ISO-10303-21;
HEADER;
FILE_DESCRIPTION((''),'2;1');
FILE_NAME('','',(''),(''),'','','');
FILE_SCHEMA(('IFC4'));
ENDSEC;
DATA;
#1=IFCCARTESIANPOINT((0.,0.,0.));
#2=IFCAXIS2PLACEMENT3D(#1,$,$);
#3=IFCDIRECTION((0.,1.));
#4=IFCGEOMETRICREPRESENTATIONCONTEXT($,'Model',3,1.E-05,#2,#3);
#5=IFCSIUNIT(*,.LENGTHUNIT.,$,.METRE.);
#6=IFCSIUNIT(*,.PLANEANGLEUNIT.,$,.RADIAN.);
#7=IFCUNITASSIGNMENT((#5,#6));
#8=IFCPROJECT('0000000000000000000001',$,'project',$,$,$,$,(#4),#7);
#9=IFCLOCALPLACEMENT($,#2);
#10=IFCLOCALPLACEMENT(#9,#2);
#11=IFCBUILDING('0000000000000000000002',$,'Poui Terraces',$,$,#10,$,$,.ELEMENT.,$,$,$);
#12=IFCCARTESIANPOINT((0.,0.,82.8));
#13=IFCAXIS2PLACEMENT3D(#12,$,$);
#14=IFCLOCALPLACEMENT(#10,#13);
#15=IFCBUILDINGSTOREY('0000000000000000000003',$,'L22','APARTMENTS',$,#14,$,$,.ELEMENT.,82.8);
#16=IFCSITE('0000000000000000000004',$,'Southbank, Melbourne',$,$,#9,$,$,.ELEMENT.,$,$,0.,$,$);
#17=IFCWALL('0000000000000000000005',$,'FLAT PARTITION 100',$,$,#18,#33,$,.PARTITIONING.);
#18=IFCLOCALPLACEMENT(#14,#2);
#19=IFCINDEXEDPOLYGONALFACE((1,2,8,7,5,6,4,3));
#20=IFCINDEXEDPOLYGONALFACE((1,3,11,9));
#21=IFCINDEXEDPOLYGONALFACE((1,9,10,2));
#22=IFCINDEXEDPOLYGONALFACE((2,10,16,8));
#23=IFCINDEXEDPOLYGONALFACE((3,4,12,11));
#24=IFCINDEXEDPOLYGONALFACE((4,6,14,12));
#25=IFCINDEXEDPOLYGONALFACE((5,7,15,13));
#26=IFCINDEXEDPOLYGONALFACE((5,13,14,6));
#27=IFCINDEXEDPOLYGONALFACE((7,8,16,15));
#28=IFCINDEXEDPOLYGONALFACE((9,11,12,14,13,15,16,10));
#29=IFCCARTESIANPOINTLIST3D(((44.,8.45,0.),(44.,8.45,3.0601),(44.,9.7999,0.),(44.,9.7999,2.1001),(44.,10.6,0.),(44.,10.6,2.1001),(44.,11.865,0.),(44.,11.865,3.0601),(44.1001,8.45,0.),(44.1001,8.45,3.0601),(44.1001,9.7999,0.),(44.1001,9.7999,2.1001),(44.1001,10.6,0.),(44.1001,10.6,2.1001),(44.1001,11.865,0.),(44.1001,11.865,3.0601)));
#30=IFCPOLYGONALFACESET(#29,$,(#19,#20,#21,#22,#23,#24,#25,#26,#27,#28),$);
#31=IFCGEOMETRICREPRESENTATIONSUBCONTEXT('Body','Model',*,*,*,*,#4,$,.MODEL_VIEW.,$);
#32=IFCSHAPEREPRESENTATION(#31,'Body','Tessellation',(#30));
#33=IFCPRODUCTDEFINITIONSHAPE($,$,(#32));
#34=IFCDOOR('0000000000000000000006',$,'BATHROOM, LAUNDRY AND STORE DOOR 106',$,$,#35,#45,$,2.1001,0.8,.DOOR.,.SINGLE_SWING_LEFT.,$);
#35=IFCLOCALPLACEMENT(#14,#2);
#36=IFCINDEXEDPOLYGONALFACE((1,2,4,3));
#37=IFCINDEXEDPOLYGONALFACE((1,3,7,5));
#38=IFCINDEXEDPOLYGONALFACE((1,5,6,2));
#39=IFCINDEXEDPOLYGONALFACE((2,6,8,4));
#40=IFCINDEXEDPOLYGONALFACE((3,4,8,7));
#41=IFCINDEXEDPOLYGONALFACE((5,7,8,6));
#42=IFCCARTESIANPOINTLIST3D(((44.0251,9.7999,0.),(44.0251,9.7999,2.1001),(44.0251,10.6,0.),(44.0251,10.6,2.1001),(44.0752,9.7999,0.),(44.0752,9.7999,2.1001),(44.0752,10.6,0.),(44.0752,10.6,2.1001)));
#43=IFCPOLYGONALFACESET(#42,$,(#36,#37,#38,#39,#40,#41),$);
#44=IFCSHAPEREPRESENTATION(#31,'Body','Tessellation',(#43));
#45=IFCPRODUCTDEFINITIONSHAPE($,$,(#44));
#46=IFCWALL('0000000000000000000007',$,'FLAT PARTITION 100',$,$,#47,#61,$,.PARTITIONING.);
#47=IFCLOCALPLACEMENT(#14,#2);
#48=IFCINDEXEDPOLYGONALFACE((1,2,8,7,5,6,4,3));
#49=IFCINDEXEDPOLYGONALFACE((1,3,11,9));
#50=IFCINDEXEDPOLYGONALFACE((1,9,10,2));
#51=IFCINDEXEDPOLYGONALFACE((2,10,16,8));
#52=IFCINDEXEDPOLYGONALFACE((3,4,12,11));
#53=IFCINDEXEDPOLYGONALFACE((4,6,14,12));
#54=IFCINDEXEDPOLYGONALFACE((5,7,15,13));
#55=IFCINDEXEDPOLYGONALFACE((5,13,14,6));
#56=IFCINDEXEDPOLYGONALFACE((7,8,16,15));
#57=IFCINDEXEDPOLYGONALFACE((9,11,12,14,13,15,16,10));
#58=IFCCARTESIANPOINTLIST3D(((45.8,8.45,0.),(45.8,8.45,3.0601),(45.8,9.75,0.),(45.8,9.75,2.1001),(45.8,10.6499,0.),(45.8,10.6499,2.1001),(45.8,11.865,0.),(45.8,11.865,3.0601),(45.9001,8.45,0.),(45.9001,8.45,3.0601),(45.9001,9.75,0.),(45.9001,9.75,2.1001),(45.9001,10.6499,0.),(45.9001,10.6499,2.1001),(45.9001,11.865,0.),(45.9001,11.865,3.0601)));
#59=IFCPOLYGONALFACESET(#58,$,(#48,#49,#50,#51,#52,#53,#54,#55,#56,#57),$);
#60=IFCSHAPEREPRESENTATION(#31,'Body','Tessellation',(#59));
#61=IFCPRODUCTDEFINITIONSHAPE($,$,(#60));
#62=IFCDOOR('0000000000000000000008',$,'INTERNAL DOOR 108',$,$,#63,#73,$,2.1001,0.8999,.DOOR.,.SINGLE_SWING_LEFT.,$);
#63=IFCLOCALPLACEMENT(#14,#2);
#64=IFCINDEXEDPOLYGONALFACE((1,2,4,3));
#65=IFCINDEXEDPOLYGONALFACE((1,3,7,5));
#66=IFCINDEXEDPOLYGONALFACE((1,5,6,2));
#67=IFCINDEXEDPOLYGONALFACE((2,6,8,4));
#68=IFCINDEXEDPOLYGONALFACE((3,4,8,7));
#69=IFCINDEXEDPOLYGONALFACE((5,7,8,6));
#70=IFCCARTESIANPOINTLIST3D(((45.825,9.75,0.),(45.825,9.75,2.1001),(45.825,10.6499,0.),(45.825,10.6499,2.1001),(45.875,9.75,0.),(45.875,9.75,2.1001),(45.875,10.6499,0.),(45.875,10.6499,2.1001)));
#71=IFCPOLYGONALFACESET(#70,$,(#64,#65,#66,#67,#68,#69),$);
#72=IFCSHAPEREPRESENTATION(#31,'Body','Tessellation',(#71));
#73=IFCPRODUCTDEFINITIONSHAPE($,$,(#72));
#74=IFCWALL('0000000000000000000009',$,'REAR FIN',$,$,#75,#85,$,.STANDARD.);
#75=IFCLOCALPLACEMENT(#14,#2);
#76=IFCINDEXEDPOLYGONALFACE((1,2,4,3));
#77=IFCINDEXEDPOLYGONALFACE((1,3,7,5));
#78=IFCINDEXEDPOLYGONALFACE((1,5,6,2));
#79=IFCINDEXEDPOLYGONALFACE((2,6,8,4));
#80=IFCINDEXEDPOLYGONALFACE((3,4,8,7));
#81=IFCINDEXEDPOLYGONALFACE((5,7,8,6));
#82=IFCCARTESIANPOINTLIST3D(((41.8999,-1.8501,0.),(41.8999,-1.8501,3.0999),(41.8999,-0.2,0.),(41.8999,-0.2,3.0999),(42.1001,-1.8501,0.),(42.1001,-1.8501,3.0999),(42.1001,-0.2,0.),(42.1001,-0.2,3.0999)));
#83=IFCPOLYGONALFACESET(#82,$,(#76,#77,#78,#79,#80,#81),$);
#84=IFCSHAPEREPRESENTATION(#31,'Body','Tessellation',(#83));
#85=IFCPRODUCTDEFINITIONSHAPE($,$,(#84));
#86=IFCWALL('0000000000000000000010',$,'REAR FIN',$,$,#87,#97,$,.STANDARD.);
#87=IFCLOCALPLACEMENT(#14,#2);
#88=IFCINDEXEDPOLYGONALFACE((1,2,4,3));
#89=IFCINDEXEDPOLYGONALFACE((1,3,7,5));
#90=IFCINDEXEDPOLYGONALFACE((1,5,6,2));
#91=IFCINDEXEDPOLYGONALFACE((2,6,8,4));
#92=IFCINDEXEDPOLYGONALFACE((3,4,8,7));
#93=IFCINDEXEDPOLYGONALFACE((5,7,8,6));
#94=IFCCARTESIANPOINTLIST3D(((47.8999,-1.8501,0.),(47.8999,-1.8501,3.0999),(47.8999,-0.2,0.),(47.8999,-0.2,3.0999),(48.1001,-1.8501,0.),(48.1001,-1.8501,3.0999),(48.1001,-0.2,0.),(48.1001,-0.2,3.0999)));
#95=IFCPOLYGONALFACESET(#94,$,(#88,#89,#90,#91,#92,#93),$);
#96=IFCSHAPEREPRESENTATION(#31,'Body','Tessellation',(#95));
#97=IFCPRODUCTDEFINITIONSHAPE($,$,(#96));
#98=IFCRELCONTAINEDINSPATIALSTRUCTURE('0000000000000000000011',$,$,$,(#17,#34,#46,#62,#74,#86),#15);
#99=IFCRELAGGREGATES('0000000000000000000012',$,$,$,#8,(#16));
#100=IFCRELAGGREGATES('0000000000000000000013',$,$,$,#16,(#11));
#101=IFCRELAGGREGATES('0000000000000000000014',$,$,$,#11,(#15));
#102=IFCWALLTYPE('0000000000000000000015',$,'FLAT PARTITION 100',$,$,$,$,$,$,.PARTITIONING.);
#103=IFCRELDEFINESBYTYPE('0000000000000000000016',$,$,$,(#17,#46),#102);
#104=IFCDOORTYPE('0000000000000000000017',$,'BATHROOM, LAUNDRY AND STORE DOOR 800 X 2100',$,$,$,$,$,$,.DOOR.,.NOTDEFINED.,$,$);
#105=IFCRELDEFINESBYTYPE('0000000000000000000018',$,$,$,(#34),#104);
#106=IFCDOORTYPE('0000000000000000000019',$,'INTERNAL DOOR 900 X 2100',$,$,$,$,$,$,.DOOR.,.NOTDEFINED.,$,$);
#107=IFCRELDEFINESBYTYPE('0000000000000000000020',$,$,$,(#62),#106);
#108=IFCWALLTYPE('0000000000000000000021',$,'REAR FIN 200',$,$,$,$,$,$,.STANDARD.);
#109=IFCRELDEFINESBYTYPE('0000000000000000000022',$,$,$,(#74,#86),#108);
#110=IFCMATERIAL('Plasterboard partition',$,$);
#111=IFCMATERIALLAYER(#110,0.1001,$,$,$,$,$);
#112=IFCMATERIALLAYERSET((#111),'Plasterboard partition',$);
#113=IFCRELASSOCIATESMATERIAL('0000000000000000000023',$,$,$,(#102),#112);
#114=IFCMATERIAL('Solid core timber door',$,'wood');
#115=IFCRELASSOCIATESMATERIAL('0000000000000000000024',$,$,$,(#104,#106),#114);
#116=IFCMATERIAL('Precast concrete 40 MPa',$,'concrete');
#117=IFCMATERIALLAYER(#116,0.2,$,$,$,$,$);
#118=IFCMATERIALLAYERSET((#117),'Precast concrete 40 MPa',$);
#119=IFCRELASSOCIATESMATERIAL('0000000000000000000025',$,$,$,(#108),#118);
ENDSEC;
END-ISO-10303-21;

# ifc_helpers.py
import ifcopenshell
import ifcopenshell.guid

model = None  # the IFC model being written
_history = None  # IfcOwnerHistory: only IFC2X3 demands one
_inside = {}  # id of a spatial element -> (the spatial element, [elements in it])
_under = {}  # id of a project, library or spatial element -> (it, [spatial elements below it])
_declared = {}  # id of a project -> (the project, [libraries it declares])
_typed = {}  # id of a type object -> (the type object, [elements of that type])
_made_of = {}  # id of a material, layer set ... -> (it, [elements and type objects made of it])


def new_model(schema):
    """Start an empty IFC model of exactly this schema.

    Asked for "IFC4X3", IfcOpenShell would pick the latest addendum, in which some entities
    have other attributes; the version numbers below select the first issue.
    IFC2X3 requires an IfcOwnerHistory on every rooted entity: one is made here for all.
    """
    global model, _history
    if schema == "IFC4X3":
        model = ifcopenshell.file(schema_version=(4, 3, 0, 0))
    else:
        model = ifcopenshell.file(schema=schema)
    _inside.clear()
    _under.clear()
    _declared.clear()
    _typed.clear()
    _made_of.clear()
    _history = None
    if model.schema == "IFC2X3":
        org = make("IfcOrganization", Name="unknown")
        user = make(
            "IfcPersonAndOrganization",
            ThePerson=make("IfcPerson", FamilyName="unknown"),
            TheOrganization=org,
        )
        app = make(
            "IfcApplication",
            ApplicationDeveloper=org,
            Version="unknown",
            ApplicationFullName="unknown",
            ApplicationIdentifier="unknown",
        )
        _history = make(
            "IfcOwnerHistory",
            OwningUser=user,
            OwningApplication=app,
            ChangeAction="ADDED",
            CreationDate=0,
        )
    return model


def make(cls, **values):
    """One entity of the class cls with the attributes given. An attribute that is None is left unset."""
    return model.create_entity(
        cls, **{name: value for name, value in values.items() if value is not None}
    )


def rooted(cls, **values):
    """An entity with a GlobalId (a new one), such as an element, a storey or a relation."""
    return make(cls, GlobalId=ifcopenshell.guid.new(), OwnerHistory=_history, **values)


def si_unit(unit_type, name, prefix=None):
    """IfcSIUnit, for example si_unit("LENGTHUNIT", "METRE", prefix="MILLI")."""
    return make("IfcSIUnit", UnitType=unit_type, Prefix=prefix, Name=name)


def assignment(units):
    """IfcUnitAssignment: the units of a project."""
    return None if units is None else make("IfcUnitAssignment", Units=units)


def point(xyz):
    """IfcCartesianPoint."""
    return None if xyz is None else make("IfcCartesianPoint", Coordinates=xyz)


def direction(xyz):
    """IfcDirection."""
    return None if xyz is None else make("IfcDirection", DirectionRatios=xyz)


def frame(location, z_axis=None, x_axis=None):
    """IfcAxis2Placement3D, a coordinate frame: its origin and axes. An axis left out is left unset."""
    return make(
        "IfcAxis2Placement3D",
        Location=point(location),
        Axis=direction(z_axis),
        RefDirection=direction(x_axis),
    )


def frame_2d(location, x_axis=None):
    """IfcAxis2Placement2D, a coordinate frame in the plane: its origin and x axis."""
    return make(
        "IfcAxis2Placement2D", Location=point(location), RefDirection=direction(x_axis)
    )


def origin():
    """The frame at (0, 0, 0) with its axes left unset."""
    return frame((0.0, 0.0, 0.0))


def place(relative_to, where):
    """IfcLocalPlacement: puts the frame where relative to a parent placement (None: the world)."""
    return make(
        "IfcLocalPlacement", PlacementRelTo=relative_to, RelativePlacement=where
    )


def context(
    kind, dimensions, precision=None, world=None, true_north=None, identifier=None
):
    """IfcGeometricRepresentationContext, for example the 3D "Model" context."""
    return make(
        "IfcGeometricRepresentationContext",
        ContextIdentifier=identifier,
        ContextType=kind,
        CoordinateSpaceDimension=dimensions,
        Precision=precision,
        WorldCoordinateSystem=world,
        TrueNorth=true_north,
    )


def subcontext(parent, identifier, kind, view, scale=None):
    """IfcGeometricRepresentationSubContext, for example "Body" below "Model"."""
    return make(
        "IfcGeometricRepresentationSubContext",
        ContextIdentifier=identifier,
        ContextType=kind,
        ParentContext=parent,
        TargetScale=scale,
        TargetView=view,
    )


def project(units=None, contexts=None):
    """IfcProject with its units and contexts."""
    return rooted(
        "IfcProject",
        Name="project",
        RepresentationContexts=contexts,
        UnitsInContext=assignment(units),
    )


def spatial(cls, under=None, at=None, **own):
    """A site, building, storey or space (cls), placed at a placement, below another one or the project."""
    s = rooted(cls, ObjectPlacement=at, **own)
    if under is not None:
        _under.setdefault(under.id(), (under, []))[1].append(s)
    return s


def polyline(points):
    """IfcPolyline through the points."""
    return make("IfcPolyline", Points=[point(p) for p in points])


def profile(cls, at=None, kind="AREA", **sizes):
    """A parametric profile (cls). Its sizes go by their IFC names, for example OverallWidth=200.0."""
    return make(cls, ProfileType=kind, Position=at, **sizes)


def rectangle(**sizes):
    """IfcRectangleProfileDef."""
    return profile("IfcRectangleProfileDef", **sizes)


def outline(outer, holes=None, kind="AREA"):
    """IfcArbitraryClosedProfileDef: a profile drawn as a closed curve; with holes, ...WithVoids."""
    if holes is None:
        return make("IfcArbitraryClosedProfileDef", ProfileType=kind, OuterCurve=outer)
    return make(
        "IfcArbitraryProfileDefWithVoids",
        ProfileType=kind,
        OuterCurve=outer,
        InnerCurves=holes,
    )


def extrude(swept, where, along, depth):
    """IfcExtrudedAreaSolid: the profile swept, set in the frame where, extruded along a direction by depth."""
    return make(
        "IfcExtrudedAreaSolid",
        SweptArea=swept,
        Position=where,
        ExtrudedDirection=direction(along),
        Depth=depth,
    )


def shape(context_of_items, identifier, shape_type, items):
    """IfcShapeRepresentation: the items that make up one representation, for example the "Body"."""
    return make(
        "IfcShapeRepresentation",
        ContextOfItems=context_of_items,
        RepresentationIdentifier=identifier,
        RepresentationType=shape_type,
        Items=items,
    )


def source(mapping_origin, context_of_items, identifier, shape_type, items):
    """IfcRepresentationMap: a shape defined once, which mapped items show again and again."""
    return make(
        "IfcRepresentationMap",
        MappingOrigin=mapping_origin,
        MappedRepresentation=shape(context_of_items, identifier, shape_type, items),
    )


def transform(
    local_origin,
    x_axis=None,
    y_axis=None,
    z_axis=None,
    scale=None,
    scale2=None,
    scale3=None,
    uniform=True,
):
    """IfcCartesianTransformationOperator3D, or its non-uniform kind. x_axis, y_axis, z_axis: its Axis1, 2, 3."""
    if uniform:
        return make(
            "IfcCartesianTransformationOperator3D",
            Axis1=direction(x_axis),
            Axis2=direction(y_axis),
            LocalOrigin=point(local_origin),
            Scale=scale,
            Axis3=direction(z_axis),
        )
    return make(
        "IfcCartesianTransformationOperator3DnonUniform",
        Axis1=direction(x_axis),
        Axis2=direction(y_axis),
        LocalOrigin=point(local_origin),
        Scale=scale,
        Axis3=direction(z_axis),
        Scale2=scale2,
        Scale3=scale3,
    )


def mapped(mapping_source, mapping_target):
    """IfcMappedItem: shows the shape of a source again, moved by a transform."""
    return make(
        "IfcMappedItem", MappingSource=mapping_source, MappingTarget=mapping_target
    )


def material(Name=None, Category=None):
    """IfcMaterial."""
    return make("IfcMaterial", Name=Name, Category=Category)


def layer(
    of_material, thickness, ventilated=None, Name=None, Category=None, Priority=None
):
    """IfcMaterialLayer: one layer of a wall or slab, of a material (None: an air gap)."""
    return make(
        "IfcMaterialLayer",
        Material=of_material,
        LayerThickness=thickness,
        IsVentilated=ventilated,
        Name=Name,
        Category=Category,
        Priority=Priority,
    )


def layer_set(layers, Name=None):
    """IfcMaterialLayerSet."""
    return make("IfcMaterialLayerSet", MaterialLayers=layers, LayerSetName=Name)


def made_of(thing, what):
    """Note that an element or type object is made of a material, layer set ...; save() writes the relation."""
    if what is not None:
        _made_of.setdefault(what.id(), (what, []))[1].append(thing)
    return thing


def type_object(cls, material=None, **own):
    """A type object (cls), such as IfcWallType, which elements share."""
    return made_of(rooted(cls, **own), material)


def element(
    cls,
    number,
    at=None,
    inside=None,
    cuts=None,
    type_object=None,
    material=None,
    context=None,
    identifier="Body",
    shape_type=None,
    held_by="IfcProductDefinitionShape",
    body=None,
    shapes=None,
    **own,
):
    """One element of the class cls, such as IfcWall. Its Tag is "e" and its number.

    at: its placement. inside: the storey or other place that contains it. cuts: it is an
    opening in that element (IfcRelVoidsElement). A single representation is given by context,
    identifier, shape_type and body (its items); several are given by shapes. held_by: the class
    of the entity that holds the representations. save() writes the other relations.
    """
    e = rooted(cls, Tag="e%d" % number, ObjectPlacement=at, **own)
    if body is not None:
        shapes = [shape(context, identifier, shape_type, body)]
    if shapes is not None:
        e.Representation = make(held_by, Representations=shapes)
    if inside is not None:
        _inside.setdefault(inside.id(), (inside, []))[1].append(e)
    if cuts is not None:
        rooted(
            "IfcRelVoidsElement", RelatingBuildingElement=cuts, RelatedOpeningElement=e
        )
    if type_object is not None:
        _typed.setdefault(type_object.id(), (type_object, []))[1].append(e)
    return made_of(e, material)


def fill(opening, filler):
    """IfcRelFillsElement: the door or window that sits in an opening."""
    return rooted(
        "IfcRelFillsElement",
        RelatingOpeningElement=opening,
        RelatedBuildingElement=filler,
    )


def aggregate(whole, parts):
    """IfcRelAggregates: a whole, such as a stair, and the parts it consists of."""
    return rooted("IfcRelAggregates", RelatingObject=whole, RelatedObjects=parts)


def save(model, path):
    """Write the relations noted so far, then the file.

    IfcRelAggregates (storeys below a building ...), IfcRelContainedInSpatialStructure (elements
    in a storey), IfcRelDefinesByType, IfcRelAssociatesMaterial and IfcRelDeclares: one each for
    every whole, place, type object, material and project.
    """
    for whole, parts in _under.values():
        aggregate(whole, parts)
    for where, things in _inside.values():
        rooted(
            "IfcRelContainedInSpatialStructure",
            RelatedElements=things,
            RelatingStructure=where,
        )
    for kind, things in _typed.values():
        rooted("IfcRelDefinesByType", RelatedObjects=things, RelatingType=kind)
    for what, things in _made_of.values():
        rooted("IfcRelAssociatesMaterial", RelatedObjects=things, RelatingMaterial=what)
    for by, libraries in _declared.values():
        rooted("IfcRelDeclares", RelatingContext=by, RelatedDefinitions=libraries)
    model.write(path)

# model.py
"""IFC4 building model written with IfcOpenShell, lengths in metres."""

from ifc_helpers import new_model, si_unit, direction, frame, frame_2d, origin, place, context, subcontext, project, spatial, polyline, rectangle, outline, extrude, source, transform, mapped, material, layer, layer_set, type_object, element, fill, save


model = new_model("IFC4")

# Units and contexts
model_context = context("Model", 3, precision=1e-05, world=origin(), true_north=direction((0.0, 1.0)))
body_context = subcontext(model_context, "Body", "Model", "MODEL_VIEW")
ifc_project = project(units=[si_unit("LENGTHUNIT", "METRE"), si_unit("PLANEANGLEUNIT", "RADIAN")], contexts=[model_context])

# Site, building, storey
site_placement = place(None, origin())
site = spatial("IfcSite", under=ifc_project, at=site_placement, Name="Southbank, Melbourne", CompositionType="ELEMENT", RefElevation=0.0)
building_placement = place(site_placement, origin())
building = spatial("IfcBuilding", under=site, at=building_placement, Name="Poui Terraces", CompositionType="ELEMENT")
storey_placement = place(building_placement, frame((0.0, 0.0, 82.8)))
storey = spatial("IfcBuildingStorey", under=building, at=storey_placement, Name="L22", Description="APARTMENTS", CompositionType="ELEMENT", Elevation=82.8)

# Shared definitions
ifc_material_1 = material(Name="Plasterboard partition")
ifc_layer_1 = layer(ifc_material_1, 0.1001)
ifc_layer_set_1 = layer_set([ifc_layer_1], Name="Plasterboard partition")
wall_type_1 = type_object("IfcWallType", Name="FLAT PARTITION 100", PredefinedType="PARTITIONING", material=ifc_layer_set_1)

# Shared definitions
ifc_material_2 = material(Name="Solid core timber door", Category="wood")
door_type_1 = type_object("IfcDoorType", Name="BATHROOM, LAUNDRY AND STORE DOOR 800 X 2100", OperationType="NOTDEFINED", PredefinedType="DOOR", material=ifc_material_2)

# Walls, openings, doors
wall_1_placement = place(storey_placement, frame((44.05, 8.45, 0.0), z_axis=(0.0, 0.0, 1.0), x_axis=(0.0, 1.0, 0.0)))
wall_1 = element("IfcWall", 1, at=wall_1_placement, inside=storey, type_object=wall_type_1, Name="FLAT PARTITION 100", PredefinedType="PARTITIONING", context=body_context, shape_type="SweptSolid", body=[
    extrude(rectangle(XDim=3.415, YDim=0.1001, at=frame_2d((1.7075, 0.0))), origin(), (0.0, 0.0, 1.0), 3.0601),
])
opening_1_placement = place(wall_1_placement, frame((1.3501, 0.0, 0.0)))
opening_1 = element("IfcOpeningElement", 2, at=opening_1_placement, cuts=wall_1, PredefinedType="OPENING", context=body_context, shape_type="SweptSolid", body=[
    extrude(rectangle(XDim=0.8, YDim=2.1001, at=frame_2d((0.3999, 1.05))), frame((0.0, 0.0601, 0.0), z_axis=(0.0, -1.0, 0.0), x_axis=(1.0, 0.0, 0.0)), (0.0, 0.0, 1.0), 0.1201),
])
door_1_placement = place(opening_1_placement, origin())
door_1 = element("IfcDoor", 3, at=door_1_placement, inside=storey, type_object=door_type_1, Name="BATHROOM, LAUNDRY AND STORE DOOR 106", OperationType="SINGLE_SWING_LEFT", OverallHeight=2.1001, OverallWidth=0.8, PredefinedType="DOOR", context=body_context, shape_type="SweptSolid", body=[
    extrude(rectangle(XDim=0.8, YDim=2.1001, at=frame_2d((0.3999, 1.05))), frame((0.0, 0.0249, 0.0), z_axis=(0.0, -1.0, 0.0), x_axis=(1.0, 0.0, 0.0)), (0.0, 0.0, 1.0), 0.05),
])
fill(opening_1, door_1)
wall_2_placement = place(storey_placement, frame((45.8501, 8.45, 0.0), z_axis=(0.0, 0.0, 1.0), x_axis=(0.0, 1.0, 0.0)))
wall_2 = element("IfcWall", 4, at=wall_2_placement, inside=storey, type_object=wall_type_1, Name="FLAT PARTITION 100", PredefinedType="PARTITIONING", context=body_context, shape_type="SweptSolid", body=[
    extrude(rectangle(XDim=3.415, YDim=0.1001, at=frame_2d((1.7075, 0.0))), origin(), (0.0, 0.0, 1.0), 3.0601),
])
opening_2_placement = place(wall_2_placement, frame((1.3, 0.0, 0.0)))
opening_2 = element("IfcOpeningElement", 5, at=opening_2_placement, cuts=wall_2, PredefinedType="OPENING", context=body_context, shape_type="SweptSolid", body=[
    extrude(rectangle(XDim=0.8999, YDim=2.1001, at=frame_2d((0.45, 1.05))), frame((0.0, 0.0601, 0.0), z_axis=(0.0, -1.0, 0.0), x_axis=(1.0, 0.0, 0.0)), (0.0, 0.0, 1.0), 0.1201),
])
door_type_2 = type_object("IfcDoorType", Name="INTERNAL DOOR 900 X 2100", OperationType="NOTDEFINED", PredefinedType="DOOR", material=ifc_material_2)
door_2_placement = place(opening_2_placement, frame((0.8999, 0.0, 0.0), z_axis=(0.0, 0.0, 1.0), x_axis=(-1.0, 0.0, 0.0)))
door_2 = element("IfcDoor", 6, at=door_2_placement, inside=storey, type_object=door_type_2, Name="INTERNAL DOOR 108", OperationType="SINGLE_SWING_LEFT", OverallHeight=2.1001, OverallWidth=0.8999, PredefinedType="DOOR", context=body_context, shape_type="SweptSolid", body=[
    extrude(rectangle(XDim=0.8999, YDim=2.1001, at=frame_2d((0.45, 1.05))), frame((0.0, 0.0249, 0.0), z_axis=(0.0, -1.0, 0.0), x_axis=(1.0, 0.0, 0.0)), (0.0, 0.0, 1.0), 0.05),
])
fill(opening_2, door_2)

# Walls
ifc_material_3 = material(Name="Precast concrete 40 MPa", Category="concrete")
ifc_layer_2 = layer(ifc_material_3, 0.2)
ifc_layer_set_2 = layer_set([ifc_layer_2], Name="Precast concrete 40 MPa")
wall_type_2 = type_object("IfcWallType", Name="REAR FIN 200", PredefinedType="STANDARD", material=ifc_layer_set_2)
shared_shape_1 = source(origin(), body_context, "Body", "SweptSolid", [
    extrude(outline(polyline([(0.0, 0.0), (0.2002, 0.0), (0.2002, 1.6501), (0.0, 1.6501), (0.0, 0.0)])), origin(), (0.0, 0.0, 1.0), 3.0999),
])
for number, where, name in (
    (7, (41.8999, -1.8501, 0.0), "REAR FIN"),
    (8, (47.8999, -1.8501, 0.0), "REAR FIN"),
):
    element("IfcWall", number, at=place(storey_placement, frame(where)), inside=storey, type_object=wall_type_2, Name=name, PredefinedType="STANDARD", context=body_context, shape_type="MappedRepresentation", body=[
        mapped(shared_shape_1, transform((0.0, 0.0, 0.0))),
    ])

save(model, "model.ifc")
